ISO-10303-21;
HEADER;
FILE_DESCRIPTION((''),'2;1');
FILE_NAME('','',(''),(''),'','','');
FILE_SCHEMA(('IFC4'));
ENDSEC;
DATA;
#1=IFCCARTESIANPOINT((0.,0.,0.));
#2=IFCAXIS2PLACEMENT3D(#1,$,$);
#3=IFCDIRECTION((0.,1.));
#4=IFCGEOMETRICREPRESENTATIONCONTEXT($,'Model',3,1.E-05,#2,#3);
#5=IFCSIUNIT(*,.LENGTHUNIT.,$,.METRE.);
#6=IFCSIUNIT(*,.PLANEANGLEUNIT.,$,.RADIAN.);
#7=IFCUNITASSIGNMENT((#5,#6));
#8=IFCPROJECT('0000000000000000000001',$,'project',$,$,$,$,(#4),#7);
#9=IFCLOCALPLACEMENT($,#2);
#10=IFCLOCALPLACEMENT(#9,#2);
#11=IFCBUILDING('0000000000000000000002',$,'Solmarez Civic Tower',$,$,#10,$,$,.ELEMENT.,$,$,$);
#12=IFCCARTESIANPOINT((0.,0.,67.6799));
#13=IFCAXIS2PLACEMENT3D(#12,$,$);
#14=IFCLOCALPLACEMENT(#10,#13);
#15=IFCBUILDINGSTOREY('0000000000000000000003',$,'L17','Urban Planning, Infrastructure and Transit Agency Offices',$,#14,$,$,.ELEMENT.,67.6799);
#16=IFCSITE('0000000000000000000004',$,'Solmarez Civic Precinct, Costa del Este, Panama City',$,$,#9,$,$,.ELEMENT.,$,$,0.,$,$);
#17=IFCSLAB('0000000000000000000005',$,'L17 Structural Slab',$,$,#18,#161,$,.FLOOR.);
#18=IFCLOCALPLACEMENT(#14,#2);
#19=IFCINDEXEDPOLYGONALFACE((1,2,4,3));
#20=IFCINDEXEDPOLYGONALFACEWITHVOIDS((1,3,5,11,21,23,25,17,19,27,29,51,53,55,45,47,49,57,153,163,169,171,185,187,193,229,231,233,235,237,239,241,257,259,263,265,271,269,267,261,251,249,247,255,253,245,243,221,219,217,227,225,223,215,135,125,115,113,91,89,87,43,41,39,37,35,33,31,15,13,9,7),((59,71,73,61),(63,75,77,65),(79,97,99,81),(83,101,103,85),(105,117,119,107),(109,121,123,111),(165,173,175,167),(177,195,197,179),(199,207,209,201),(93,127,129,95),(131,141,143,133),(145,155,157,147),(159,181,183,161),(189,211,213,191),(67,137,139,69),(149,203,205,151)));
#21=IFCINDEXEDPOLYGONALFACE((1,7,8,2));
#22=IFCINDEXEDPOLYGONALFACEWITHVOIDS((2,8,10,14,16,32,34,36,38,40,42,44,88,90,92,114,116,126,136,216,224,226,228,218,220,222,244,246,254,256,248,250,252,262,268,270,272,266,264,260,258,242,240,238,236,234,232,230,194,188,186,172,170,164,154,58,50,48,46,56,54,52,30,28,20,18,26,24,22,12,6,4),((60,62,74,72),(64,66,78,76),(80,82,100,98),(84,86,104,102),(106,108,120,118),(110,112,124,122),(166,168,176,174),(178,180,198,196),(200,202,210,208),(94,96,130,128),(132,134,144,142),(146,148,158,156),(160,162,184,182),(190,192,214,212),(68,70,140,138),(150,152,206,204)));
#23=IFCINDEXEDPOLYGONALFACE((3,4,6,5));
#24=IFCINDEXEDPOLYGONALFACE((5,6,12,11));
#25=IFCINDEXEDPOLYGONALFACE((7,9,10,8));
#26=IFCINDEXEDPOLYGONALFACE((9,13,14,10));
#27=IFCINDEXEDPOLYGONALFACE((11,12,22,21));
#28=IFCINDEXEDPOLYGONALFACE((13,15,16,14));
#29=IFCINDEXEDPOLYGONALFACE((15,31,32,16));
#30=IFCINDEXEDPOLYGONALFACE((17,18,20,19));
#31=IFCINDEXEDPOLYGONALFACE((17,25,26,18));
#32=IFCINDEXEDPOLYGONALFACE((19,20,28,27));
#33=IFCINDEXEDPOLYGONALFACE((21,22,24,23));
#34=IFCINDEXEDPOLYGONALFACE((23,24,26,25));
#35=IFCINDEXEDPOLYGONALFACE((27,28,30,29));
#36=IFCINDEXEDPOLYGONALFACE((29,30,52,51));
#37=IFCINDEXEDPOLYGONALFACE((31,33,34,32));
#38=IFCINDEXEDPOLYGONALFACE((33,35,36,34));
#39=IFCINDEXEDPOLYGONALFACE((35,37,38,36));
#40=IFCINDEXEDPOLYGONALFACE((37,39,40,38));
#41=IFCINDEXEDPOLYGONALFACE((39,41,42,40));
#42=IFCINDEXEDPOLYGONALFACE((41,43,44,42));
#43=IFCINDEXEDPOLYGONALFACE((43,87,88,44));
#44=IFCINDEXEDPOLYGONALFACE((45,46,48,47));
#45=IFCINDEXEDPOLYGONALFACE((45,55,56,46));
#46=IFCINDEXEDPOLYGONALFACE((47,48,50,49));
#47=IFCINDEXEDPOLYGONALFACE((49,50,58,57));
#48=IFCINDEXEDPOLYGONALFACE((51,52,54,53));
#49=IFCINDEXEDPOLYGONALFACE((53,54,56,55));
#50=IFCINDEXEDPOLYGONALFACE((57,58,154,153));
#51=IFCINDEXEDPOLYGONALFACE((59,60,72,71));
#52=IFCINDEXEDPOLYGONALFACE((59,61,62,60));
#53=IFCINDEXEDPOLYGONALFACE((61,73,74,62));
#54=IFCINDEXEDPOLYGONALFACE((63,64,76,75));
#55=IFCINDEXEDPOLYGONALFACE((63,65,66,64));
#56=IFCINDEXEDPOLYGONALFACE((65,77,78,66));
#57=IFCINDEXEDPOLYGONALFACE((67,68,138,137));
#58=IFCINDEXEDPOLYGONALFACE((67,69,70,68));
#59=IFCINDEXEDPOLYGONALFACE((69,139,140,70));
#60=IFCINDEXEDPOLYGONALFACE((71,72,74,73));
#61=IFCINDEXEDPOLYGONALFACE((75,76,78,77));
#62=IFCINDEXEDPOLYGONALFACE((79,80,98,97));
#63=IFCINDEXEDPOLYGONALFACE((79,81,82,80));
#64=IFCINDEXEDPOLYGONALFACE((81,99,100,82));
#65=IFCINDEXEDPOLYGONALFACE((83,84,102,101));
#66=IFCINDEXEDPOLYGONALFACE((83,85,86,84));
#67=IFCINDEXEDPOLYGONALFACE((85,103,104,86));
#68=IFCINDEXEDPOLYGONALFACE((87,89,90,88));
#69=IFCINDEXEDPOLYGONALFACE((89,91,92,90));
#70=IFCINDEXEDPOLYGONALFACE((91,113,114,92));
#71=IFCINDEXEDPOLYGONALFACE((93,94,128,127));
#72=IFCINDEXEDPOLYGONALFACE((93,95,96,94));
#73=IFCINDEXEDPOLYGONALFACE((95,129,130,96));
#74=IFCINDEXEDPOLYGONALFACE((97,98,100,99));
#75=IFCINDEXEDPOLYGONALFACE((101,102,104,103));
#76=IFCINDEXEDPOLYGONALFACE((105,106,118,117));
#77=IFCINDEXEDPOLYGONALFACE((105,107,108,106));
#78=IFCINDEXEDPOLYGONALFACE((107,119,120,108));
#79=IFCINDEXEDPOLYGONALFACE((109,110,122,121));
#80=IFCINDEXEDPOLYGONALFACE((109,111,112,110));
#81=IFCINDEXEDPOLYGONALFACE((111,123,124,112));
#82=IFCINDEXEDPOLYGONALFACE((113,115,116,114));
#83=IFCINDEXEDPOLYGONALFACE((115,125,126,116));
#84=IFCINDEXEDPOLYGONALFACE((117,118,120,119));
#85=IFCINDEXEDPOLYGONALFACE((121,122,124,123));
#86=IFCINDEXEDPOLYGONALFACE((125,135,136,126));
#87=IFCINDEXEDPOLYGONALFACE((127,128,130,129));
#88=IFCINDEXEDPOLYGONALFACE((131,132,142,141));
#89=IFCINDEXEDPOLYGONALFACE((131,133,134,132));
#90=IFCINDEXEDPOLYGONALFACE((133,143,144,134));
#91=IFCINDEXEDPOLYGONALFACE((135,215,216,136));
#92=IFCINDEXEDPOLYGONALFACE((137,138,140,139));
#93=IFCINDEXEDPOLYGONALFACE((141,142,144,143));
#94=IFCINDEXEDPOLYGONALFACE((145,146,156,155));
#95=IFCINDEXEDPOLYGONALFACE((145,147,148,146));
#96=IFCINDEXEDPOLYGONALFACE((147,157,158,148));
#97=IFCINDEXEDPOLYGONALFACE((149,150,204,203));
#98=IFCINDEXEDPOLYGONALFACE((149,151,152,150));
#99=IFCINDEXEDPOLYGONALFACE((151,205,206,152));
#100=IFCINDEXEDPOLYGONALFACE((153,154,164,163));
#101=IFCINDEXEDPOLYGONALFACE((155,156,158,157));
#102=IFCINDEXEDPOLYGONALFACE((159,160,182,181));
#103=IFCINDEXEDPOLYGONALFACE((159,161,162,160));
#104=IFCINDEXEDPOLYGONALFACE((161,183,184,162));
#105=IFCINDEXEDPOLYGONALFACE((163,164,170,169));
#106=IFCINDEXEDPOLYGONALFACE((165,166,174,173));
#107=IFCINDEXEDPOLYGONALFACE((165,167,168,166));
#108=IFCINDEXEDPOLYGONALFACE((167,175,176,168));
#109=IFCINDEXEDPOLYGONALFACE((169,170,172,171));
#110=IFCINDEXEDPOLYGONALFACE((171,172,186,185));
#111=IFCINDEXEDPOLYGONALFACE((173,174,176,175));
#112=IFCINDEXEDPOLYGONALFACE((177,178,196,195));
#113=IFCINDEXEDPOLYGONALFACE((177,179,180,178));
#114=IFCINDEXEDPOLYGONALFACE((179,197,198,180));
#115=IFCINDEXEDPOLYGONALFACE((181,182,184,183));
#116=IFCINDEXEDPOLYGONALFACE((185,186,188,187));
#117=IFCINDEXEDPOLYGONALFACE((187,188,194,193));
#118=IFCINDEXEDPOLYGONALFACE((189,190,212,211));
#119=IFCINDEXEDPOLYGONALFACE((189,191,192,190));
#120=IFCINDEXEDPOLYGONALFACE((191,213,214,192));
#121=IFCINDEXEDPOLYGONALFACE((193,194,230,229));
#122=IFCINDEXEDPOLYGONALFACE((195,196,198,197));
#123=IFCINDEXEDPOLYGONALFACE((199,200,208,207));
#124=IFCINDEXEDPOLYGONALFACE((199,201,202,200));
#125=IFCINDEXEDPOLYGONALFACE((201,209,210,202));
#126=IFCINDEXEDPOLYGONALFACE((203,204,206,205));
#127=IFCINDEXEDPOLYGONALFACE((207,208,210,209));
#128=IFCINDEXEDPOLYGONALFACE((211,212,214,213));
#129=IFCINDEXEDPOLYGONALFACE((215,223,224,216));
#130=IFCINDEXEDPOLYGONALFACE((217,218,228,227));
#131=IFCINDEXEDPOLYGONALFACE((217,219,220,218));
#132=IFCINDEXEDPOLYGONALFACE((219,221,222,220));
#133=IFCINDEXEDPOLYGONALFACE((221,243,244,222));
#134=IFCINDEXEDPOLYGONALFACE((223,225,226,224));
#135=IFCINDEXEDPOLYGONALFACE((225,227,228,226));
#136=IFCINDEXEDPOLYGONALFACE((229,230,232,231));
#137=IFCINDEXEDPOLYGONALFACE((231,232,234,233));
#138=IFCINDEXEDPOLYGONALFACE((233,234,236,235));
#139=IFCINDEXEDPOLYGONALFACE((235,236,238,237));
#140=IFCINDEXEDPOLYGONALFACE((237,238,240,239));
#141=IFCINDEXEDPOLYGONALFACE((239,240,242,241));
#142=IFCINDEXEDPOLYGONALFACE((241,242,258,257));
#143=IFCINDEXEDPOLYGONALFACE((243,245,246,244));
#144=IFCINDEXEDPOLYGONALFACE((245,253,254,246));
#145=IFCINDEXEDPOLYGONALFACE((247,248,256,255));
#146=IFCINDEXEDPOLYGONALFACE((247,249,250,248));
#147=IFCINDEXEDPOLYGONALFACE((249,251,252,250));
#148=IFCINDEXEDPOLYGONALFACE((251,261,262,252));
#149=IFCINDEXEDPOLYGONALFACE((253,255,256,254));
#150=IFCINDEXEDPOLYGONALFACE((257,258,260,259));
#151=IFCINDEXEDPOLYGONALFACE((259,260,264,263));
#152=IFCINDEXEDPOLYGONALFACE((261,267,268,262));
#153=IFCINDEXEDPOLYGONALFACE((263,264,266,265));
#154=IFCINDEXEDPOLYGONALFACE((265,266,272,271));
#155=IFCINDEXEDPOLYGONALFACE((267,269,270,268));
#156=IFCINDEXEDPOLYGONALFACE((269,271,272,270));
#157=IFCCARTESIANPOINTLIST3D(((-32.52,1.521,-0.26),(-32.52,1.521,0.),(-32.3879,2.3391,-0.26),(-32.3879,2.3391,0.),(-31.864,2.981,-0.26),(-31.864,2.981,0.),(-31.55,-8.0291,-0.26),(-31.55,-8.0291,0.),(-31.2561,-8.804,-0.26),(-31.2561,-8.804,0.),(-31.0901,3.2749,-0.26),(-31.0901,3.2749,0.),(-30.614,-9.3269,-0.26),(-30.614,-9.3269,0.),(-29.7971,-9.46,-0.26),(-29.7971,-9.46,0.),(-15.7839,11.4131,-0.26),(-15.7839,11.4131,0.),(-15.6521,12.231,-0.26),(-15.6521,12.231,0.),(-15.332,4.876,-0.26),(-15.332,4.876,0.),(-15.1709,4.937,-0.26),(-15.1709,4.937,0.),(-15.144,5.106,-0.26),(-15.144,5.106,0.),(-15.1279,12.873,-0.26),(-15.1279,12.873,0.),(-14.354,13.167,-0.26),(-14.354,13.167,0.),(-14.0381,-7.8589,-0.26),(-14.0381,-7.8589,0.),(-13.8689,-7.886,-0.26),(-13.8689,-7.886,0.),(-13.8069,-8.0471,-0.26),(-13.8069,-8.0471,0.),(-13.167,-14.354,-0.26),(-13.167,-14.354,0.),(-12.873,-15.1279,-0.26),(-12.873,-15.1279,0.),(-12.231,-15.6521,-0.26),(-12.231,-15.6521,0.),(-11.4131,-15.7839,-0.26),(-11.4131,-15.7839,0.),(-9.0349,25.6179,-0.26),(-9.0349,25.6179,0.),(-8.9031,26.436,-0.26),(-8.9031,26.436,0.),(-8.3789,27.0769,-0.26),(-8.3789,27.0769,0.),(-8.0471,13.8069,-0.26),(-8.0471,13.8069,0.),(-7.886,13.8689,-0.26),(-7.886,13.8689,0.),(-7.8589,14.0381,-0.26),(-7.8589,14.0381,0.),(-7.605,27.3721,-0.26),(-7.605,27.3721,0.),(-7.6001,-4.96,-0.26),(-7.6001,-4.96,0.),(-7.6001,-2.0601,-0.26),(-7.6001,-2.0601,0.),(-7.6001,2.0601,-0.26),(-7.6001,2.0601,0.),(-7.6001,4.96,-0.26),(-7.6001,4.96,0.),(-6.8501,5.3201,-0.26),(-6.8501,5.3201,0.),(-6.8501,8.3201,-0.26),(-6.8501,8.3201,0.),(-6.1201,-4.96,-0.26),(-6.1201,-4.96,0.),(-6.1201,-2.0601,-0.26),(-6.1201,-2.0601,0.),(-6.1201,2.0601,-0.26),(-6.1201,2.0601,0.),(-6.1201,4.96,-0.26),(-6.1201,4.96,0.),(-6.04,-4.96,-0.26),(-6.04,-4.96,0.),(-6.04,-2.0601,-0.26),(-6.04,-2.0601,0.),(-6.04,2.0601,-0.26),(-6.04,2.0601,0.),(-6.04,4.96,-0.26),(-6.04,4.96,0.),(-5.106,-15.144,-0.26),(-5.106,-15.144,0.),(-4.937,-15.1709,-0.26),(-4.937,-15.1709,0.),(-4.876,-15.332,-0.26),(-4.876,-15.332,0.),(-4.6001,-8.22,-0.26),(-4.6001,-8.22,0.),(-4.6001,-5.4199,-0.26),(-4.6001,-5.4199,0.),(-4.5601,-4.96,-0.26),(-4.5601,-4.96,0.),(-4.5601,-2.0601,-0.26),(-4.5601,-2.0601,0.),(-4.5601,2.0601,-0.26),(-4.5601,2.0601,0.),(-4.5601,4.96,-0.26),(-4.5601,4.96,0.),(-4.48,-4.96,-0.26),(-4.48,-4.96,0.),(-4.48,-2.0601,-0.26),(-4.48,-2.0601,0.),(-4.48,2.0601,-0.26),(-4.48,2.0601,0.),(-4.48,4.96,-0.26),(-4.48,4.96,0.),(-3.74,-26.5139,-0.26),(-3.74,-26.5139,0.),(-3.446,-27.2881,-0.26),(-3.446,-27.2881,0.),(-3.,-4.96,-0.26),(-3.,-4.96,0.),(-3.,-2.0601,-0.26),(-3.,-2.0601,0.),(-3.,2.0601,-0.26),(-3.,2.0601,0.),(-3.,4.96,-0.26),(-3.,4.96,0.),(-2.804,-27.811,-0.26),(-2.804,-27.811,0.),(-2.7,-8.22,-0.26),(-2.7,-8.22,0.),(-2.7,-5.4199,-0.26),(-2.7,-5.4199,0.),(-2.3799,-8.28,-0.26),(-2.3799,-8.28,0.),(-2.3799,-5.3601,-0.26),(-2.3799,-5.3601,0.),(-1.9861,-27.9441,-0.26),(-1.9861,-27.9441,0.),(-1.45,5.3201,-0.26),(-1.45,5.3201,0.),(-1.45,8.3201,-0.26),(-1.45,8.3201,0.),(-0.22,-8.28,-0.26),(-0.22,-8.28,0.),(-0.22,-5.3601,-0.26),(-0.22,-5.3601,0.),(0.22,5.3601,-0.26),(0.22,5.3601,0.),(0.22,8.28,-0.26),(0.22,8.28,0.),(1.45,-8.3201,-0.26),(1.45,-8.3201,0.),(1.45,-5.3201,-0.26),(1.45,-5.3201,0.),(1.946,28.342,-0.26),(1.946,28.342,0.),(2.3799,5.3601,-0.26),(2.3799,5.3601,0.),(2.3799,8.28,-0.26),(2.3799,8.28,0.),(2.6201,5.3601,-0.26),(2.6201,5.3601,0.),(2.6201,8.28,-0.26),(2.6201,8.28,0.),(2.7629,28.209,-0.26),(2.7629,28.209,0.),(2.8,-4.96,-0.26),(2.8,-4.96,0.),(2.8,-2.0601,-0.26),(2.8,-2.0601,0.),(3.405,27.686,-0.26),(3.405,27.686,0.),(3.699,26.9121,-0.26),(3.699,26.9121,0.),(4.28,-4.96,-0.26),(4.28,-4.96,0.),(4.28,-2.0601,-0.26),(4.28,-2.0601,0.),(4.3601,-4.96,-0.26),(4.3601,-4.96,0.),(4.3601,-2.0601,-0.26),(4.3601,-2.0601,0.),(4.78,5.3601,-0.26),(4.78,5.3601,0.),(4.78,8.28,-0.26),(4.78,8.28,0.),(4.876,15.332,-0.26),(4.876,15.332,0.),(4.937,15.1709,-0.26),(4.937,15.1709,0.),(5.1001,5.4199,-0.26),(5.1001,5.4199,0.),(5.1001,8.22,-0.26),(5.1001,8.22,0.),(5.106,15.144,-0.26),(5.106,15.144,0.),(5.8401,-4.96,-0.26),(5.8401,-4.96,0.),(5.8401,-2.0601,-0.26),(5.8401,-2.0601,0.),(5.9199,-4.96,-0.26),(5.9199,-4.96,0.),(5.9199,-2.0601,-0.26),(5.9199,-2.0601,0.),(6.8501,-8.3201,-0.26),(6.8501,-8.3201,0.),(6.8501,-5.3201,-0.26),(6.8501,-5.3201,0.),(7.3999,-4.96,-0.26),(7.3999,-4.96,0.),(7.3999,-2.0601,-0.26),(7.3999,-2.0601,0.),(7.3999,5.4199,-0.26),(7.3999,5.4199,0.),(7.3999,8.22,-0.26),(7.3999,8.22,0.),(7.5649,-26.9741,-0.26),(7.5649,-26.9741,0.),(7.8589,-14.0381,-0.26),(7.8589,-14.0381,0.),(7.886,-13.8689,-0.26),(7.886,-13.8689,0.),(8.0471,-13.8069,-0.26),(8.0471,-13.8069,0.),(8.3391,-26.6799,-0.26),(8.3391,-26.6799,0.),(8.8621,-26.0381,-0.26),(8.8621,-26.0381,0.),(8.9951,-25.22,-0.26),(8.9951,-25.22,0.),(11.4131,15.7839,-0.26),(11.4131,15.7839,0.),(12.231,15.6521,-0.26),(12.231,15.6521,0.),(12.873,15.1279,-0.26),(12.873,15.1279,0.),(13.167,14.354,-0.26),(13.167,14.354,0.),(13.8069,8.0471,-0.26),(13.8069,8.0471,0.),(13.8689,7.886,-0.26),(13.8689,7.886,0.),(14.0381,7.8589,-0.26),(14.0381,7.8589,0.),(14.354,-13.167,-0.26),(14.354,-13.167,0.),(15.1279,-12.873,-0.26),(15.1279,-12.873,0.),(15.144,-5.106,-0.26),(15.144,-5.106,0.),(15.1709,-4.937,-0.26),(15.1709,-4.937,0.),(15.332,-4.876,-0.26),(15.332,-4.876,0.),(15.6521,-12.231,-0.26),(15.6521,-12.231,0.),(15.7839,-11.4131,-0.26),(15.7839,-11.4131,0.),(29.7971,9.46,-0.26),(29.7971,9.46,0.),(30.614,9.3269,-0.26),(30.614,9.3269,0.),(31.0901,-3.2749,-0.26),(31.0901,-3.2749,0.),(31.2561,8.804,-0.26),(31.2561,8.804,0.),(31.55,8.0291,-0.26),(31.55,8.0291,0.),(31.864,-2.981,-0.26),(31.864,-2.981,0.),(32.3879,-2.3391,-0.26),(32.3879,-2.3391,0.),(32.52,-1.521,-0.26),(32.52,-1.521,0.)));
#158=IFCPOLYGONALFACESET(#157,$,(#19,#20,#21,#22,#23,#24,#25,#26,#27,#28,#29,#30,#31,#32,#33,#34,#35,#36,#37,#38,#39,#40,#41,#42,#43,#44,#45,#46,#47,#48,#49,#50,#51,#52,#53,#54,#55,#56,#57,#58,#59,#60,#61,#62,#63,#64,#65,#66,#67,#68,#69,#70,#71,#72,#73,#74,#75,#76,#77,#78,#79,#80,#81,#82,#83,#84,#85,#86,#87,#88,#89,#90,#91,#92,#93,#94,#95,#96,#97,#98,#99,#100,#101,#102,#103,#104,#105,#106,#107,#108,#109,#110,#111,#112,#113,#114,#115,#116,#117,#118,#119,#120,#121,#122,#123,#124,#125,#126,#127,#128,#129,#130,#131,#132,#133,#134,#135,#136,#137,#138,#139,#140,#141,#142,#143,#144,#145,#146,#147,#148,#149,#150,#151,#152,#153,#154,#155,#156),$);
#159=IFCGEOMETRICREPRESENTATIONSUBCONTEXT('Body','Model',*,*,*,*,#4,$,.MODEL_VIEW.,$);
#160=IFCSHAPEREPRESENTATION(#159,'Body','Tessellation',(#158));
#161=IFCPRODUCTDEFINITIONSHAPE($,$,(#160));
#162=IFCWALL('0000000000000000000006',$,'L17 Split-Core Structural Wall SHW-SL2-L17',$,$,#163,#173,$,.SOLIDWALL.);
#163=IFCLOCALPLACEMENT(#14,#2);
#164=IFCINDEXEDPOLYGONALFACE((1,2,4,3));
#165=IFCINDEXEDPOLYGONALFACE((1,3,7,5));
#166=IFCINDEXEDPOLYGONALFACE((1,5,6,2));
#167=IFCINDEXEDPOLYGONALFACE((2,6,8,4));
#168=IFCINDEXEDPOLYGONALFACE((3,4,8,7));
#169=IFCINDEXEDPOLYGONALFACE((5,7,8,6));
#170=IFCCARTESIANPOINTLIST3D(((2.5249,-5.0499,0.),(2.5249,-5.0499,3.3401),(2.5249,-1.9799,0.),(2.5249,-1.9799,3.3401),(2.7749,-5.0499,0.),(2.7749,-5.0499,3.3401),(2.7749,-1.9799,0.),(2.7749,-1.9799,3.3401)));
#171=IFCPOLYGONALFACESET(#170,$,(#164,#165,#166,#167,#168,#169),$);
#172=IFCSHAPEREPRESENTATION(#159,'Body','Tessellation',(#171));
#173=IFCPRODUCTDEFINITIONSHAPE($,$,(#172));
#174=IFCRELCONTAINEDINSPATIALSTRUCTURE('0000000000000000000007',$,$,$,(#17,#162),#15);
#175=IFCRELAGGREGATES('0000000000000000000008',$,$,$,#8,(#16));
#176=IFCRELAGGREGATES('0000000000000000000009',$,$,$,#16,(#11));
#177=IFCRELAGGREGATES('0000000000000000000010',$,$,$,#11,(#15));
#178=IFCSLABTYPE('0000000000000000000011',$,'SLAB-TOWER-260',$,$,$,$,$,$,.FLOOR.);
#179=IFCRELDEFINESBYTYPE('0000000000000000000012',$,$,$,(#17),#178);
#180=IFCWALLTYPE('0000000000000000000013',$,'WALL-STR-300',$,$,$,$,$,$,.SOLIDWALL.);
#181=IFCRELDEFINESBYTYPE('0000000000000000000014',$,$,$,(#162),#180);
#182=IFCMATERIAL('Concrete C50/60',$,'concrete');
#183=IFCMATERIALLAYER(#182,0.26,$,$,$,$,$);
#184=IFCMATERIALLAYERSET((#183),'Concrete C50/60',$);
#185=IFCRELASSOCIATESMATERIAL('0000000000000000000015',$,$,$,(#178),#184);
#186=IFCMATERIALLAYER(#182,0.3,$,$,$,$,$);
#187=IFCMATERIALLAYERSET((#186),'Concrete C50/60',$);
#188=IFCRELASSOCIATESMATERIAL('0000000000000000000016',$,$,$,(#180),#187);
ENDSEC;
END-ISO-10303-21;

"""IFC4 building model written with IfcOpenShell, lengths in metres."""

from ifc_helpers import new_model, si_unit, direction, frame, frame_2d, origin, place, context, subcontext, project, spatial, polyline, rectangle, outline, extrude, material, layer, layer_set, type_object, element, save


model = new_model("IFC4")

# Units and contexts
model_context = context("Model", 3, precision=1e-05, world=origin(), true_north=direction((0.0, 1.0)))
body_context = subcontext(model_context, "Body", "Model", "MODEL_VIEW")
ifc_project = project(units=[si_unit("LENGTHUNIT", "METRE"), si_unit("PLANEANGLEUNIT", "RADIAN")], contexts=[model_context])

# Site, building, storey
site_placement = place(None, origin())
site = spatial("IfcSite", under=ifc_project, at=site_placement, Name="Solmarez Civic Precinct, Costa del Este, Panama City", CompositionType="ELEMENT", RefElevation=0.0)
building_placement = place(site_placement, origin())
building = spatial("IfcBuilding", under=site, at=building_placement, Name="Solmarez Civic Tower", CompositionType="ELEMENT")
storey_placement = place(building_placement, frame((0.0, 0.0, 67.6799)))
storey = spatial("IfcBuildingStorey", under=building, at=storey_placement, Name="L17", Description="Urban Planning, Infrastructure and Transit Agency Offices", CompositionType="ELEMENT", Elevation=67.6799)

# Shared definitions
ifc_material_1 = material(Name="Concrete C50/60", Category="concrete")

# Slab
ifc_layer_1 = layer(ifc_material_1, 0.26)
ifc_layer_set_1 = layer_set([ifc_layer_1], Name="Concrete C50/60")
slab_type_1 = type_object("IfcSlabType", Name="SLAB-TOWER-260", PredefinedType="FLOOR", material=ifc_layer_set_1)
slab_1_placement = place(storey_placement, frame((0.0, 0.0, -0.26)))
element("IfcSlab", 1, at=slab_1_placement, inside=storey, type_object=slab_type_1, Name="L17 Structural Slab", PredefinedType="FLOOR", context=body_context, shape_type="SweptSolid", body=[
    extrude(outline(polyline([(-13.8069, -8.0471), (-13.167, -14.354), (-12.873, -15.1279), (-12.231, -15.6521), (-11.4131, -15.7839), (-5.106, -15.144), (-4.937, -15.1709), (-4.876, -15.332), (-3.74, -26.5139), (-3.446, -27.2881), (-2.804, -27.811), (-1.9861, -27.9441), (7.5649, -26.9741), (8.3391, -26.6799), (8.8621, -26.0381), (8.9951, -25.22), (7.8589, -14.0381), (7.886, -13.8689), (8.0471, -13.8069), (14.354, -13.167), (15.1279, -12.873), (15.6521, -12.231), (15.7839, -11.4131), (15.144, -5.106), (15.1709, -4.937), (15.332, -4.876), (31.0901, -3.2749), (31.864, -2.981), (32.3879, -2.3391), (32.52, -1.521), (31.55, 8.0291), (31.2561, 8.804), (30.614, 9.3269), (29.7971, 9.46), (14.0381, 7.8589), (13.8689, 7.886), (13.8069, 8.0471), (13.167, 14.354), (12.873, 15.1279), (12.231, 15.6521), (11.4131, 15.7839), (5.106, 15.144), (4.937, 15.1709), (4.876, 15.332), (3.699, 26.9121), (3.405, 27.686), (2.7629, 28.209), (1.946, 28.342), (-7.605, 27.3721), (-8.3789, 27.0769), (-8.9031, 26.436), (-9.0349, 25.6179), (-7.8589, 14.0381), (-7.886, 13.8689), (-8.0471, 13.8069), (-14.354, 13.167), (-15.1279, 12.873), (-15.6521, 12.231), (-15.7839, 11.4131), (-15.144, 5.106), (-15.1709, 4.937), (-15.332, 4.876), (-31.0901, 3.2749), (-31.864, 2.981), (-32.3879, 2.3391), (-32.52, 1.521), (-31.55, -8.0291), (-31.2561, -8.804), (-30.614, -9.3269), (-29.7971, -9.46), (-14.0381, -7.8589), (-13.8689, -7.886), (-13.8069, -8.0471)]), holes=[polyline([(-1.45, 8.3201), (-6.8501, 8.3201), (-6.8501, 5.3201), (-1.45, 5.3201), (-1.45, 8.3201)]), polyline([(1.45, -8.3201), (6.8501, -8.3201), (6.8501, -5.3201), (1.45, -5.3201), (1.45, -8.3201)]), polyline([(0.22, 5.3601), (2.3799, 5.3601), (2.3799, 8.28), (0.22, 8.28), (0.22, 5.3601)]), polyline([(2.6201, 5.3601), (4.78, 5.3601), (4.78, 8.28), (2.6201, 8.28), (2.6201, 5.3601)]), polyline([(-2.3799, -8.28), (-0.22, -8.28), (-0.22, -5.3601), (-2.3799, -5.3601), (-2.3799, -8.28)]), polyline([(2.8, -4.96), (4.28, -4.96), (4.28, -2.0601), (2.8, -2.0601), (2.8, -4.96)]), polyline([(4.3601, -4.96), (5.8401, -4.96), (5.8401, -2.0601), (4.3601, -2.0601), (4.3601, -4.96)]), polyline([(5.9199, -4.96), (7.3999, -4.96), (7.3999, -2.0601), (5.9199, -2.0601), (5.9199, -4.96)]), polyline([(-7.6001, -4.96), (-6.1201, -4.96), (-6.1201, -2.0601), (-7.6001, -2.0601), (-7.6001, -4.96)]), polyline([(-6.04, -4.96), (-4.5601, -4.96), (-4.5601, -2.0601), (-6.04, -2.0601), (-6.04, -4.96)]), polyline([(-4.48, -4.96), (-3.0, -4.96), (-3.0, -2.0601), (-4.48, -2.0601), (-4.48, -4.96)]), polyline([(-7.6001, 2.0601), (-6.1201, 2.0601), (-6.1201, 4.96), (-7.6001, 4.96), (-7.6001, 2.0601)]), polyline([(-6.04, 2.0601), (-4.5601, 2.0601), (-4.5601, 4.96), (-6.04, 4.96), (-6.04, 2.0601)]), polyline([(-4.48, 2.0601), (-3.0, 2.0601), (-3.0, 4.96), (-4.48, 4.96), (-4.48, 2.0601)]), polyline([(5.1001, 5.4199), (7.3999, 5.4199), (7.3999, 8.22), (5.1001, 8.22), (5.1001, 5.4199)]), polyline([(-4.6001, -8.22), (-2.7, -8.22), (-2.7, -5.4199), (-4.6001, -5.4199), (-4.6001, -8.22)])]), origin(), (0.0, 0.0, 1.0), 0.26),
])

# Wall
ifc_layer_2 = layer(ifc_material_1, 0.3)
ifc_layer_set_2 = layer_set([ifc_layer_2], Name="Concrete C50/60")
wall_type = type_object("IfcWallType", Name="WALL-STR-300", PredefinedType="SOLIDWALL", material=ifc_layer_set_2)
wall_placement = place(storey_placement, frame((2.6499, -5.05, 0.0), z_axis=(0.0, 0.0, 1.0), x_axis=(0.0, 1.0, 0.0)))
element("IfcWall", 2, at=wall_placement, inside=storey, type_object=wall_type, Name="L17 Split-Core Structural Wall SHW-SL2-L17", PredefinedType="SOLIDWALL", context=body_context, shape_type="SweptSolid", body=[
    extrude(rectangle(XDim=3.0701, YDim=0.25, at=frame_2d((1.5352, 0.0))), origin(), (0.0, 0.0, 1.0), 3.3401),
])

save(model, "model.ifc")
